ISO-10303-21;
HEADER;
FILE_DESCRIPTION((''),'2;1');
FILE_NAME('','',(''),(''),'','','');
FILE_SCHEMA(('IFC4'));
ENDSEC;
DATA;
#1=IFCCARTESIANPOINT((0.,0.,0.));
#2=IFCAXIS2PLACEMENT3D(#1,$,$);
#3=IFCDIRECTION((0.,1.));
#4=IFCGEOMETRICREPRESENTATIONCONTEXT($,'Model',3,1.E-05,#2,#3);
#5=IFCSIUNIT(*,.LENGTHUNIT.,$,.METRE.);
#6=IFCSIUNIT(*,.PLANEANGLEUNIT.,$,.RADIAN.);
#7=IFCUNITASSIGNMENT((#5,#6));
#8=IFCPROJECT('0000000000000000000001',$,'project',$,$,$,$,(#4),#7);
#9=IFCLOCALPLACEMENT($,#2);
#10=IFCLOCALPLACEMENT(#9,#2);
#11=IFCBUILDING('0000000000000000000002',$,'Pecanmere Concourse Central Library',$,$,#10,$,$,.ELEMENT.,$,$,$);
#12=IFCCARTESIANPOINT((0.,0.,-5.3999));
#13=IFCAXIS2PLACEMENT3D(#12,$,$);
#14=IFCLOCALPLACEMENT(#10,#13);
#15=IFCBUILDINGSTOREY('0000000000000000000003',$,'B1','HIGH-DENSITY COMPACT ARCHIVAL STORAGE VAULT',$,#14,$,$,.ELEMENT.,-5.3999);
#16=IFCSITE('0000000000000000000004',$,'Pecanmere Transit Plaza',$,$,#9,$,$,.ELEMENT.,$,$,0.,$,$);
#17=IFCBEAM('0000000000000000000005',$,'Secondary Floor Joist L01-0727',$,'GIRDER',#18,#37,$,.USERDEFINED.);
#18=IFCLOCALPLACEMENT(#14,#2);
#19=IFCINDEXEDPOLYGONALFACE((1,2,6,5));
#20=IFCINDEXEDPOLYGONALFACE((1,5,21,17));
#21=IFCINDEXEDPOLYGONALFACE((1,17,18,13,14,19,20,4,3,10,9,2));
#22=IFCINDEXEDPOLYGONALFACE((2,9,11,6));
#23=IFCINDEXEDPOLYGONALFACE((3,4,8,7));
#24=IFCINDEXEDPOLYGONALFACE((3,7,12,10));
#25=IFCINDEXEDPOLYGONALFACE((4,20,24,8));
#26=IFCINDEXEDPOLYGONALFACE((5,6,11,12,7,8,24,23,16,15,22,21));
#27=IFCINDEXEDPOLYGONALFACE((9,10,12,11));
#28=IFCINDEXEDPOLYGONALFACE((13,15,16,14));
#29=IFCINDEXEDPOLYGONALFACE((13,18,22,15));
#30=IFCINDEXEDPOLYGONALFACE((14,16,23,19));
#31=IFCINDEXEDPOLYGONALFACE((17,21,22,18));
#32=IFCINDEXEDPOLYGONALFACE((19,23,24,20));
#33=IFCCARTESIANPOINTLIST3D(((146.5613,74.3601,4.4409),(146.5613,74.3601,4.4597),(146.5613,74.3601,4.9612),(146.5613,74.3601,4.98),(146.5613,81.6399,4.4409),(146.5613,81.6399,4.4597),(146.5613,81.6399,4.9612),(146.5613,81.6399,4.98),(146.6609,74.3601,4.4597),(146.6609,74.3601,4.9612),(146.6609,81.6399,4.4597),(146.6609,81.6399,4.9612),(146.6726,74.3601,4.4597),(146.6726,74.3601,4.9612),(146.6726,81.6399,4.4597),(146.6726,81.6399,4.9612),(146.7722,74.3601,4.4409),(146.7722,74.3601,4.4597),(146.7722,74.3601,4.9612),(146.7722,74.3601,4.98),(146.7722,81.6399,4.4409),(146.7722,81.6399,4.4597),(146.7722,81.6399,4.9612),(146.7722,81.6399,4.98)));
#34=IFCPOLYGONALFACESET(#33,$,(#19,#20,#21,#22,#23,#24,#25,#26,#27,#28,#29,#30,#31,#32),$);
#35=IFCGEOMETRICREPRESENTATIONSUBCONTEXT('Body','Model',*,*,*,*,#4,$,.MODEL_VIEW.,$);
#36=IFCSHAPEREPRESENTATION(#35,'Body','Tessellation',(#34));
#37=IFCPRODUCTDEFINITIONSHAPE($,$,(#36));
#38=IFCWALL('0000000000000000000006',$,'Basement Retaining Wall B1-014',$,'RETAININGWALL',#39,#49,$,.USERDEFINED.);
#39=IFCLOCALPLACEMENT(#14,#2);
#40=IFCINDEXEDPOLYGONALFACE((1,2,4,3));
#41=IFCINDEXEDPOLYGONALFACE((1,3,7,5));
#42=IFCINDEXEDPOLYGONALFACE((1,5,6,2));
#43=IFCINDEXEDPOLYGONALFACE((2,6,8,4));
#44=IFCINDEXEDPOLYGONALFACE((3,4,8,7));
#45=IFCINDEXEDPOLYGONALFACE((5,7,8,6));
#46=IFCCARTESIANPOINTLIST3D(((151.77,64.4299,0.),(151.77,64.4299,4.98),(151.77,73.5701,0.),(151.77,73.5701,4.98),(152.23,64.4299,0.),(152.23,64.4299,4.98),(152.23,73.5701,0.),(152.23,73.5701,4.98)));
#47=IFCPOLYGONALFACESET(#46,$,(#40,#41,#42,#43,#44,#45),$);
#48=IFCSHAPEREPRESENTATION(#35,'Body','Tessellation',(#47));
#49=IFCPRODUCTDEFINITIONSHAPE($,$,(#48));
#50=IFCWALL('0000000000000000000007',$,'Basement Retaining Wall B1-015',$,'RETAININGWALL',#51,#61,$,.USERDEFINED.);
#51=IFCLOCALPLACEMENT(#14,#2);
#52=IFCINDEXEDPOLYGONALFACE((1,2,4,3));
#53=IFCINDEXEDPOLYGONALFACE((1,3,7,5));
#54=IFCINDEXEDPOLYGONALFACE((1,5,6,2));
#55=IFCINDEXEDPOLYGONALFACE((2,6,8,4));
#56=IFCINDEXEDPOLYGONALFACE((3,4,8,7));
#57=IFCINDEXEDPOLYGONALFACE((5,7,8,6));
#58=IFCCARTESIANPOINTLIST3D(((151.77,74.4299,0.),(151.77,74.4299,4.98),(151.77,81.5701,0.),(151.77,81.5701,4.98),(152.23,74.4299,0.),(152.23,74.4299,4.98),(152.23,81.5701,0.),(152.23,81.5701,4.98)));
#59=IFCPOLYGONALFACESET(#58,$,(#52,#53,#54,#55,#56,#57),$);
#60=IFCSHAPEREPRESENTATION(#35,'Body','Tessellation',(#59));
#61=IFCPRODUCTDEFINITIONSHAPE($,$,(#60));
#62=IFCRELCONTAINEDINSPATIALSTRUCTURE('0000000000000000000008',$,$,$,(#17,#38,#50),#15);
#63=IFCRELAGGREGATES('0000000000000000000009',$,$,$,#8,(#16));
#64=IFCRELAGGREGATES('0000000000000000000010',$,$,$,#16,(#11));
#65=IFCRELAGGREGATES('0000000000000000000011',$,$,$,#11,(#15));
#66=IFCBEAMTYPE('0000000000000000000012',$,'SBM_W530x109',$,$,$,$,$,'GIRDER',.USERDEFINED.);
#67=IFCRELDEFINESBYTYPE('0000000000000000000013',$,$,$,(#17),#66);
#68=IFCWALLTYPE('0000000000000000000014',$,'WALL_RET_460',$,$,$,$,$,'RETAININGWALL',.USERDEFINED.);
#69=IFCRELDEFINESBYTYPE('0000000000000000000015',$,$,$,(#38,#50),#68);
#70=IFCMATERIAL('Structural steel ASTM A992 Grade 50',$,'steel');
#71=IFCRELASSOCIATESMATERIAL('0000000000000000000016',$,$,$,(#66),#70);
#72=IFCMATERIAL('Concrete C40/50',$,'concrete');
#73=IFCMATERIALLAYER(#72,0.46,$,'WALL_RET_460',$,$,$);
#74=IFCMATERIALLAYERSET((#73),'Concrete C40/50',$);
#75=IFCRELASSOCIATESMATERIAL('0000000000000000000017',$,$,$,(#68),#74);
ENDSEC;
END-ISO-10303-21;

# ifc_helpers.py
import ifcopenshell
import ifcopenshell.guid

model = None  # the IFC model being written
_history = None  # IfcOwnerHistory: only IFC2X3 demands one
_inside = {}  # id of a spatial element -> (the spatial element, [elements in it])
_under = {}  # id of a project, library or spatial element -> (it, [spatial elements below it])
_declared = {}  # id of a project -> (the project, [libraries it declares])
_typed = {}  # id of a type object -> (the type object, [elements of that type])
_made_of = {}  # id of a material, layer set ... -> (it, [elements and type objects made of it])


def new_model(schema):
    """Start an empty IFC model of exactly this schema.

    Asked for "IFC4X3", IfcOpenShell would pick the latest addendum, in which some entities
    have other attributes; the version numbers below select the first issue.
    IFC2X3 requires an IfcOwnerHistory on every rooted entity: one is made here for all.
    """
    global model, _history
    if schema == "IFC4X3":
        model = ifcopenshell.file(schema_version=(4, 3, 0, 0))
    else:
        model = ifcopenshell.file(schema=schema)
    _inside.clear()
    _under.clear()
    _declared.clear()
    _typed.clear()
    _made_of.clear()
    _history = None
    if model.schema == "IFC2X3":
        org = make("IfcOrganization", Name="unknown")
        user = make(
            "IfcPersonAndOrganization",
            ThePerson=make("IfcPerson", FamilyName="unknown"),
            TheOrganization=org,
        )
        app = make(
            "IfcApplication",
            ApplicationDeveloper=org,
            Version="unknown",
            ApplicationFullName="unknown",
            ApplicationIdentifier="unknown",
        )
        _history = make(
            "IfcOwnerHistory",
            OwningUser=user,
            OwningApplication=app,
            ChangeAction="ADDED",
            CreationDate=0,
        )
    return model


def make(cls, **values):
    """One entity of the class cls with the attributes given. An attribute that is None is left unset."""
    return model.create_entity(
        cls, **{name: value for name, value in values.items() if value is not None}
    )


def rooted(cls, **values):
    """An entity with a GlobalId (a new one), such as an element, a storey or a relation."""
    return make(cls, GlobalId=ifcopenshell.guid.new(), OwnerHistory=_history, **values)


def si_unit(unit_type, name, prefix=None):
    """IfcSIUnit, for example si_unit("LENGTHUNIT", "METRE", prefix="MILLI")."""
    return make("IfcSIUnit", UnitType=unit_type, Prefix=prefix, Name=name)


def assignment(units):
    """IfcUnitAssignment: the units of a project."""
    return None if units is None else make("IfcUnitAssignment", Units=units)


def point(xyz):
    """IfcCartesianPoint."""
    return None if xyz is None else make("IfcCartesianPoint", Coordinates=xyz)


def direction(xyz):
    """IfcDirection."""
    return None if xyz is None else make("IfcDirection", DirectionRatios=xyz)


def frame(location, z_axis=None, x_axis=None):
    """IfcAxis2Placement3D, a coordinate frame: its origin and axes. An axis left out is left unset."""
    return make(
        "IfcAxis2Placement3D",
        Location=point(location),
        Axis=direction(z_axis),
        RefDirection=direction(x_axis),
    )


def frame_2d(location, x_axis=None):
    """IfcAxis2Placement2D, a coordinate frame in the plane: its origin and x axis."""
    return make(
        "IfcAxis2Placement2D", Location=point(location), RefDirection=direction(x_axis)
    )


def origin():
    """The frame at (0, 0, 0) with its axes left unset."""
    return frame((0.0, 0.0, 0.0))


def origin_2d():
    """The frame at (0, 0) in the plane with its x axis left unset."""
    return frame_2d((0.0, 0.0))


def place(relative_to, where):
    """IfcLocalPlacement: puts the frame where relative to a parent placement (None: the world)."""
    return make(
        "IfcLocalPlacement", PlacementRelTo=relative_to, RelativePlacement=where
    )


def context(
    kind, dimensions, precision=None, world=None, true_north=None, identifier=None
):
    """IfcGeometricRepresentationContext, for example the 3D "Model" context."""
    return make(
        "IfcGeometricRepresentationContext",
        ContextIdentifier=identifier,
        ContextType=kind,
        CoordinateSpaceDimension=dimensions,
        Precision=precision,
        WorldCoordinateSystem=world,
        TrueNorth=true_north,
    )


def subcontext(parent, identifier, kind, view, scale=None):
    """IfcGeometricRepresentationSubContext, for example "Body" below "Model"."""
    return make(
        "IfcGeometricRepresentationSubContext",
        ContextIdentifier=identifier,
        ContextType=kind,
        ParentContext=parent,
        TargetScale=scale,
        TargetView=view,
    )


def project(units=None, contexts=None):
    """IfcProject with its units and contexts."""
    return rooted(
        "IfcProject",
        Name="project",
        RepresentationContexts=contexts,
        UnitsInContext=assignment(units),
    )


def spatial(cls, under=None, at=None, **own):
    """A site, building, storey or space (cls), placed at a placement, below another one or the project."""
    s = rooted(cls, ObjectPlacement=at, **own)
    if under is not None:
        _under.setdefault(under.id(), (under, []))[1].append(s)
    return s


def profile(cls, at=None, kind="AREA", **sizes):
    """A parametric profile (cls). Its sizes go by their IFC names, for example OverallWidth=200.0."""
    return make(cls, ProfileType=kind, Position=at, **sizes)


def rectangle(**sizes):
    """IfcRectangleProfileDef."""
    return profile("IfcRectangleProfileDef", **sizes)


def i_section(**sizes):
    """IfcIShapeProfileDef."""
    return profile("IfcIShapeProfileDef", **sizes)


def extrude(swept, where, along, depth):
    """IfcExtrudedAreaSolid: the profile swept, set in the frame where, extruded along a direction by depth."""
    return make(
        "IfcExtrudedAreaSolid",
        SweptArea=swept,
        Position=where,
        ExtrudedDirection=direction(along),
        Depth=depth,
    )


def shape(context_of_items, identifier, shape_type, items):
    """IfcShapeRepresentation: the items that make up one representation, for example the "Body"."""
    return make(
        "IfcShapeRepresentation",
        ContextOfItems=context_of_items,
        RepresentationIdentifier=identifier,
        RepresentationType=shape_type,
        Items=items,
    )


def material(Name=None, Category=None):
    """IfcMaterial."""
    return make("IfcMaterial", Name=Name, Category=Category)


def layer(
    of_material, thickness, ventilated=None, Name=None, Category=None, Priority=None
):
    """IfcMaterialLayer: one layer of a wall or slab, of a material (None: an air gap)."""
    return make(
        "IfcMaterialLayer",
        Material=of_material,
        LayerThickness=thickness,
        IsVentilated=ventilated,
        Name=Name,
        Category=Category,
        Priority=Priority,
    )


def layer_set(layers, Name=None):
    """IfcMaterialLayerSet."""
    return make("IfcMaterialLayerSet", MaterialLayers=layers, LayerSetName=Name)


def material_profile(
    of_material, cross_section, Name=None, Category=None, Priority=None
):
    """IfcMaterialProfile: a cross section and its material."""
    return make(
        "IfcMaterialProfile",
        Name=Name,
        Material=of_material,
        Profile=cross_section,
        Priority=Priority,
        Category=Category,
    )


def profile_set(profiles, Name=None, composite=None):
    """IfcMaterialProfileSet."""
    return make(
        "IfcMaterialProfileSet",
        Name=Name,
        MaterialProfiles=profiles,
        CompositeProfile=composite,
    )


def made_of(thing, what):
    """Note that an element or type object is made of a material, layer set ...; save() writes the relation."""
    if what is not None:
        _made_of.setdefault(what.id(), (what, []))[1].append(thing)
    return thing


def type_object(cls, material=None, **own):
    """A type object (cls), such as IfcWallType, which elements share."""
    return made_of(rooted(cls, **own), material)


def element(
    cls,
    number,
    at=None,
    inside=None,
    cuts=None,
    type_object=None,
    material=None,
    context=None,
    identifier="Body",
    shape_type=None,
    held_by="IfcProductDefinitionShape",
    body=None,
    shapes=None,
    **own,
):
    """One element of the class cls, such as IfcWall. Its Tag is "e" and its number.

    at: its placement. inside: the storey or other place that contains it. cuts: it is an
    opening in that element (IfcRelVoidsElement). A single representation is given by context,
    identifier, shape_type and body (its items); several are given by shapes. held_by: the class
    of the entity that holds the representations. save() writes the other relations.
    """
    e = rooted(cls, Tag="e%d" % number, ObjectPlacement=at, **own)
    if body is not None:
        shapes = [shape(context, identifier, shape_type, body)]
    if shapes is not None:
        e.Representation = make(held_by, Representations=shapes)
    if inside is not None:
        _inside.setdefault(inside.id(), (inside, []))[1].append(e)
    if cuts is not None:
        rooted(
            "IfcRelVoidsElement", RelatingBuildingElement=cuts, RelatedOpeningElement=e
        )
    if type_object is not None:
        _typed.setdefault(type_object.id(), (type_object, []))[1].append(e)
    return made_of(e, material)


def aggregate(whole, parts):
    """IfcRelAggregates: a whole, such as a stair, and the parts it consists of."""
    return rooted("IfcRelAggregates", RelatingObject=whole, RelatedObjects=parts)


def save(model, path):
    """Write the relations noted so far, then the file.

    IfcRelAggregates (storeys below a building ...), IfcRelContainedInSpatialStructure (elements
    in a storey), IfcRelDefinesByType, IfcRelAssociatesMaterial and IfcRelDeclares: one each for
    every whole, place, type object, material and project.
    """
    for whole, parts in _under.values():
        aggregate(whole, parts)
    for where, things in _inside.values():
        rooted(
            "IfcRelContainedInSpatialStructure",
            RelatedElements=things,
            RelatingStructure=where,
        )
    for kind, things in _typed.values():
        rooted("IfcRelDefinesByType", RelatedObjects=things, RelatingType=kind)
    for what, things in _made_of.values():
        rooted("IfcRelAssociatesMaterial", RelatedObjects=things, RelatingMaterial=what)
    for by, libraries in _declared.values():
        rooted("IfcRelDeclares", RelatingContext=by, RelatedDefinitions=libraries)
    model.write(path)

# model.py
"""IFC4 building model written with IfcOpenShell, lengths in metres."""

from ifc_helpers import new_model, si_unit, direction, frame, frame_2d, origin, origin_2d, place, context, subcontext, project, spatial, rectangle, i_section, extrude, material, layer, layer_set, material_profile, profile_set, type_object, element, save


model = new_model("IFC4")

# Units and contexts
model_context = context("Model", 3, precision=1e-05, world=origin(), true_north=direction((0.0, 1.0)))
body_context = subcontext(model_context, "Body", "Model", "MODEL_VIEW")
ifc_project = project(units=[si_unit("LENGTHUNIT", "METRE"), si_unit("PLANEANGLEUNIT", "RADIAN")], contexts=[model_context])

# Site, building, storey
site_placement = place(None, origin())
site = spatial("IfcSite", under=ifc_project, at=site_placement, Name="Pecanmere Transit Plaza", CompositionType="ELEMENT", RefElevation=0.0)
building_placement = place(site_placement, origin())
building = spatial("IfcBuilding", under=site, at=building_placement, Name="Pecanmere Concourse Central Library", CompositionType="ELEMENT")
storey_placement = place(building_placement, frame((0.0, 0.0, -5.3999)))
storey = spatial("IfcBuildingStorey", under=building, at=storey_placement, Name="B1", Description="HIGH-DENSITY COMPACT ARCHIVAL STORAGE VAULT", CompositionType="ELEMENT", Elevation=-5.3999)

# Beam
ifc_material_1 = material(Name="Structural steel ASTM A992 Grade 50", Category="steel")
ifc_material_profile_1 = material_profile(ifc_material_1, i_section(OverallWidth=0.2109, OverallDepth=0.5391, WebThickness=0.0117, FlangeThickness=0.0188, at=origin_2d()), Name="W530x109")
ifc_profile_set_1 = profile_set([ifc_material_profile_1], Name="Structural steel ASTM A992 Grade 50")
beam_type_1 = type_object("IfcBeamType", Name="SBM_W530x109", ElementType="GIRDER", PredefinedType="USERDEFINED", material=ifc_profile_set_1)
beam_1_placement = place(storey_placement, frame((146.6667, 74.3601, 4.7104), z_axis=(0.0, 1.0, 0.0), x_axis=(-1.0, 0.0, 0.0)))
element("IfcBeam", 1, at=beam_1_placement, inside=storey, type_object=beam_type_1, Name="Secondary Floor Joist L01-0727", ObjectType="GIRDER", PredefinedType="USERDEFINED", context=body_context, shape_type="SweptSolid", body=[
    extrude(i_section(OverallWidth=0.2109, OverallDepth=0.5391, WebThickness=0.0117, FlangeThickness=0.0188, at=origin_2d()), origin(), (0.0, 0.0, 1.0), 7.2798),
])

# Walls
ifc_material_2 = material(Name="Concrete C40/50", Category="concrete")
ifc_layer = layer(ifc_material_2, 0.46, Name="WALL_RET_460")
ifc_layer_set = layer_set([ifc_layer], Name="Concrete C40/50")
wall_type = type_object("IfcWallType", Name="WALL_RET_460", ElementType="RETAININGWALL", PredefinedType="USERDEFINED", material=ifc_layer_set)
wall_1_placement = place(storey_placement, frame((152.0, 64.4299, 0.0), z_axis=(0.0, 0.0, 1.0), x_axis=(0.0, 1.0, 0.0)))
element("IfcWall", 2, at=wall_1_placement, inside=storey, type_object=wall_type, Name="Basement Retaining Wall B1-014", ObjectType="RETAININGWALL", PredefinedType="USERDEFINED", context=body_context, shape_type="SweptSolid", body=[
    extrude(rectangle(XDim=9.1401, YDim=0.46, at=frame_2d((4.5701, 0.0))), origin(), (0.0, 0.0, 1.0), 4.98),
])
wall_2_placement = place(storey_placement, frame((152.0, 74.4299, 0.0), z_axis=(0.0, 0.0, 1.0), x_axis=(0.0, 1.0, 0.0)))
element("IfcWall", 3, at=wall_2_placement, inside=storey, type_object=wall_type, Name="Basement Retaining Wall B1-015", ObjectType="RETAININGWALL", PredefinedType="USERDEFINED", context=body_context, shape_type="SweptSolid", body=[
    extrude(rectangle(XDim=7.1401, YDim=0.46, at=frame_2d((3.5701, 0.0))), origin(), (0.0, 0.0, 1.0), 4.98),
])

save(model, "model.ifc")
